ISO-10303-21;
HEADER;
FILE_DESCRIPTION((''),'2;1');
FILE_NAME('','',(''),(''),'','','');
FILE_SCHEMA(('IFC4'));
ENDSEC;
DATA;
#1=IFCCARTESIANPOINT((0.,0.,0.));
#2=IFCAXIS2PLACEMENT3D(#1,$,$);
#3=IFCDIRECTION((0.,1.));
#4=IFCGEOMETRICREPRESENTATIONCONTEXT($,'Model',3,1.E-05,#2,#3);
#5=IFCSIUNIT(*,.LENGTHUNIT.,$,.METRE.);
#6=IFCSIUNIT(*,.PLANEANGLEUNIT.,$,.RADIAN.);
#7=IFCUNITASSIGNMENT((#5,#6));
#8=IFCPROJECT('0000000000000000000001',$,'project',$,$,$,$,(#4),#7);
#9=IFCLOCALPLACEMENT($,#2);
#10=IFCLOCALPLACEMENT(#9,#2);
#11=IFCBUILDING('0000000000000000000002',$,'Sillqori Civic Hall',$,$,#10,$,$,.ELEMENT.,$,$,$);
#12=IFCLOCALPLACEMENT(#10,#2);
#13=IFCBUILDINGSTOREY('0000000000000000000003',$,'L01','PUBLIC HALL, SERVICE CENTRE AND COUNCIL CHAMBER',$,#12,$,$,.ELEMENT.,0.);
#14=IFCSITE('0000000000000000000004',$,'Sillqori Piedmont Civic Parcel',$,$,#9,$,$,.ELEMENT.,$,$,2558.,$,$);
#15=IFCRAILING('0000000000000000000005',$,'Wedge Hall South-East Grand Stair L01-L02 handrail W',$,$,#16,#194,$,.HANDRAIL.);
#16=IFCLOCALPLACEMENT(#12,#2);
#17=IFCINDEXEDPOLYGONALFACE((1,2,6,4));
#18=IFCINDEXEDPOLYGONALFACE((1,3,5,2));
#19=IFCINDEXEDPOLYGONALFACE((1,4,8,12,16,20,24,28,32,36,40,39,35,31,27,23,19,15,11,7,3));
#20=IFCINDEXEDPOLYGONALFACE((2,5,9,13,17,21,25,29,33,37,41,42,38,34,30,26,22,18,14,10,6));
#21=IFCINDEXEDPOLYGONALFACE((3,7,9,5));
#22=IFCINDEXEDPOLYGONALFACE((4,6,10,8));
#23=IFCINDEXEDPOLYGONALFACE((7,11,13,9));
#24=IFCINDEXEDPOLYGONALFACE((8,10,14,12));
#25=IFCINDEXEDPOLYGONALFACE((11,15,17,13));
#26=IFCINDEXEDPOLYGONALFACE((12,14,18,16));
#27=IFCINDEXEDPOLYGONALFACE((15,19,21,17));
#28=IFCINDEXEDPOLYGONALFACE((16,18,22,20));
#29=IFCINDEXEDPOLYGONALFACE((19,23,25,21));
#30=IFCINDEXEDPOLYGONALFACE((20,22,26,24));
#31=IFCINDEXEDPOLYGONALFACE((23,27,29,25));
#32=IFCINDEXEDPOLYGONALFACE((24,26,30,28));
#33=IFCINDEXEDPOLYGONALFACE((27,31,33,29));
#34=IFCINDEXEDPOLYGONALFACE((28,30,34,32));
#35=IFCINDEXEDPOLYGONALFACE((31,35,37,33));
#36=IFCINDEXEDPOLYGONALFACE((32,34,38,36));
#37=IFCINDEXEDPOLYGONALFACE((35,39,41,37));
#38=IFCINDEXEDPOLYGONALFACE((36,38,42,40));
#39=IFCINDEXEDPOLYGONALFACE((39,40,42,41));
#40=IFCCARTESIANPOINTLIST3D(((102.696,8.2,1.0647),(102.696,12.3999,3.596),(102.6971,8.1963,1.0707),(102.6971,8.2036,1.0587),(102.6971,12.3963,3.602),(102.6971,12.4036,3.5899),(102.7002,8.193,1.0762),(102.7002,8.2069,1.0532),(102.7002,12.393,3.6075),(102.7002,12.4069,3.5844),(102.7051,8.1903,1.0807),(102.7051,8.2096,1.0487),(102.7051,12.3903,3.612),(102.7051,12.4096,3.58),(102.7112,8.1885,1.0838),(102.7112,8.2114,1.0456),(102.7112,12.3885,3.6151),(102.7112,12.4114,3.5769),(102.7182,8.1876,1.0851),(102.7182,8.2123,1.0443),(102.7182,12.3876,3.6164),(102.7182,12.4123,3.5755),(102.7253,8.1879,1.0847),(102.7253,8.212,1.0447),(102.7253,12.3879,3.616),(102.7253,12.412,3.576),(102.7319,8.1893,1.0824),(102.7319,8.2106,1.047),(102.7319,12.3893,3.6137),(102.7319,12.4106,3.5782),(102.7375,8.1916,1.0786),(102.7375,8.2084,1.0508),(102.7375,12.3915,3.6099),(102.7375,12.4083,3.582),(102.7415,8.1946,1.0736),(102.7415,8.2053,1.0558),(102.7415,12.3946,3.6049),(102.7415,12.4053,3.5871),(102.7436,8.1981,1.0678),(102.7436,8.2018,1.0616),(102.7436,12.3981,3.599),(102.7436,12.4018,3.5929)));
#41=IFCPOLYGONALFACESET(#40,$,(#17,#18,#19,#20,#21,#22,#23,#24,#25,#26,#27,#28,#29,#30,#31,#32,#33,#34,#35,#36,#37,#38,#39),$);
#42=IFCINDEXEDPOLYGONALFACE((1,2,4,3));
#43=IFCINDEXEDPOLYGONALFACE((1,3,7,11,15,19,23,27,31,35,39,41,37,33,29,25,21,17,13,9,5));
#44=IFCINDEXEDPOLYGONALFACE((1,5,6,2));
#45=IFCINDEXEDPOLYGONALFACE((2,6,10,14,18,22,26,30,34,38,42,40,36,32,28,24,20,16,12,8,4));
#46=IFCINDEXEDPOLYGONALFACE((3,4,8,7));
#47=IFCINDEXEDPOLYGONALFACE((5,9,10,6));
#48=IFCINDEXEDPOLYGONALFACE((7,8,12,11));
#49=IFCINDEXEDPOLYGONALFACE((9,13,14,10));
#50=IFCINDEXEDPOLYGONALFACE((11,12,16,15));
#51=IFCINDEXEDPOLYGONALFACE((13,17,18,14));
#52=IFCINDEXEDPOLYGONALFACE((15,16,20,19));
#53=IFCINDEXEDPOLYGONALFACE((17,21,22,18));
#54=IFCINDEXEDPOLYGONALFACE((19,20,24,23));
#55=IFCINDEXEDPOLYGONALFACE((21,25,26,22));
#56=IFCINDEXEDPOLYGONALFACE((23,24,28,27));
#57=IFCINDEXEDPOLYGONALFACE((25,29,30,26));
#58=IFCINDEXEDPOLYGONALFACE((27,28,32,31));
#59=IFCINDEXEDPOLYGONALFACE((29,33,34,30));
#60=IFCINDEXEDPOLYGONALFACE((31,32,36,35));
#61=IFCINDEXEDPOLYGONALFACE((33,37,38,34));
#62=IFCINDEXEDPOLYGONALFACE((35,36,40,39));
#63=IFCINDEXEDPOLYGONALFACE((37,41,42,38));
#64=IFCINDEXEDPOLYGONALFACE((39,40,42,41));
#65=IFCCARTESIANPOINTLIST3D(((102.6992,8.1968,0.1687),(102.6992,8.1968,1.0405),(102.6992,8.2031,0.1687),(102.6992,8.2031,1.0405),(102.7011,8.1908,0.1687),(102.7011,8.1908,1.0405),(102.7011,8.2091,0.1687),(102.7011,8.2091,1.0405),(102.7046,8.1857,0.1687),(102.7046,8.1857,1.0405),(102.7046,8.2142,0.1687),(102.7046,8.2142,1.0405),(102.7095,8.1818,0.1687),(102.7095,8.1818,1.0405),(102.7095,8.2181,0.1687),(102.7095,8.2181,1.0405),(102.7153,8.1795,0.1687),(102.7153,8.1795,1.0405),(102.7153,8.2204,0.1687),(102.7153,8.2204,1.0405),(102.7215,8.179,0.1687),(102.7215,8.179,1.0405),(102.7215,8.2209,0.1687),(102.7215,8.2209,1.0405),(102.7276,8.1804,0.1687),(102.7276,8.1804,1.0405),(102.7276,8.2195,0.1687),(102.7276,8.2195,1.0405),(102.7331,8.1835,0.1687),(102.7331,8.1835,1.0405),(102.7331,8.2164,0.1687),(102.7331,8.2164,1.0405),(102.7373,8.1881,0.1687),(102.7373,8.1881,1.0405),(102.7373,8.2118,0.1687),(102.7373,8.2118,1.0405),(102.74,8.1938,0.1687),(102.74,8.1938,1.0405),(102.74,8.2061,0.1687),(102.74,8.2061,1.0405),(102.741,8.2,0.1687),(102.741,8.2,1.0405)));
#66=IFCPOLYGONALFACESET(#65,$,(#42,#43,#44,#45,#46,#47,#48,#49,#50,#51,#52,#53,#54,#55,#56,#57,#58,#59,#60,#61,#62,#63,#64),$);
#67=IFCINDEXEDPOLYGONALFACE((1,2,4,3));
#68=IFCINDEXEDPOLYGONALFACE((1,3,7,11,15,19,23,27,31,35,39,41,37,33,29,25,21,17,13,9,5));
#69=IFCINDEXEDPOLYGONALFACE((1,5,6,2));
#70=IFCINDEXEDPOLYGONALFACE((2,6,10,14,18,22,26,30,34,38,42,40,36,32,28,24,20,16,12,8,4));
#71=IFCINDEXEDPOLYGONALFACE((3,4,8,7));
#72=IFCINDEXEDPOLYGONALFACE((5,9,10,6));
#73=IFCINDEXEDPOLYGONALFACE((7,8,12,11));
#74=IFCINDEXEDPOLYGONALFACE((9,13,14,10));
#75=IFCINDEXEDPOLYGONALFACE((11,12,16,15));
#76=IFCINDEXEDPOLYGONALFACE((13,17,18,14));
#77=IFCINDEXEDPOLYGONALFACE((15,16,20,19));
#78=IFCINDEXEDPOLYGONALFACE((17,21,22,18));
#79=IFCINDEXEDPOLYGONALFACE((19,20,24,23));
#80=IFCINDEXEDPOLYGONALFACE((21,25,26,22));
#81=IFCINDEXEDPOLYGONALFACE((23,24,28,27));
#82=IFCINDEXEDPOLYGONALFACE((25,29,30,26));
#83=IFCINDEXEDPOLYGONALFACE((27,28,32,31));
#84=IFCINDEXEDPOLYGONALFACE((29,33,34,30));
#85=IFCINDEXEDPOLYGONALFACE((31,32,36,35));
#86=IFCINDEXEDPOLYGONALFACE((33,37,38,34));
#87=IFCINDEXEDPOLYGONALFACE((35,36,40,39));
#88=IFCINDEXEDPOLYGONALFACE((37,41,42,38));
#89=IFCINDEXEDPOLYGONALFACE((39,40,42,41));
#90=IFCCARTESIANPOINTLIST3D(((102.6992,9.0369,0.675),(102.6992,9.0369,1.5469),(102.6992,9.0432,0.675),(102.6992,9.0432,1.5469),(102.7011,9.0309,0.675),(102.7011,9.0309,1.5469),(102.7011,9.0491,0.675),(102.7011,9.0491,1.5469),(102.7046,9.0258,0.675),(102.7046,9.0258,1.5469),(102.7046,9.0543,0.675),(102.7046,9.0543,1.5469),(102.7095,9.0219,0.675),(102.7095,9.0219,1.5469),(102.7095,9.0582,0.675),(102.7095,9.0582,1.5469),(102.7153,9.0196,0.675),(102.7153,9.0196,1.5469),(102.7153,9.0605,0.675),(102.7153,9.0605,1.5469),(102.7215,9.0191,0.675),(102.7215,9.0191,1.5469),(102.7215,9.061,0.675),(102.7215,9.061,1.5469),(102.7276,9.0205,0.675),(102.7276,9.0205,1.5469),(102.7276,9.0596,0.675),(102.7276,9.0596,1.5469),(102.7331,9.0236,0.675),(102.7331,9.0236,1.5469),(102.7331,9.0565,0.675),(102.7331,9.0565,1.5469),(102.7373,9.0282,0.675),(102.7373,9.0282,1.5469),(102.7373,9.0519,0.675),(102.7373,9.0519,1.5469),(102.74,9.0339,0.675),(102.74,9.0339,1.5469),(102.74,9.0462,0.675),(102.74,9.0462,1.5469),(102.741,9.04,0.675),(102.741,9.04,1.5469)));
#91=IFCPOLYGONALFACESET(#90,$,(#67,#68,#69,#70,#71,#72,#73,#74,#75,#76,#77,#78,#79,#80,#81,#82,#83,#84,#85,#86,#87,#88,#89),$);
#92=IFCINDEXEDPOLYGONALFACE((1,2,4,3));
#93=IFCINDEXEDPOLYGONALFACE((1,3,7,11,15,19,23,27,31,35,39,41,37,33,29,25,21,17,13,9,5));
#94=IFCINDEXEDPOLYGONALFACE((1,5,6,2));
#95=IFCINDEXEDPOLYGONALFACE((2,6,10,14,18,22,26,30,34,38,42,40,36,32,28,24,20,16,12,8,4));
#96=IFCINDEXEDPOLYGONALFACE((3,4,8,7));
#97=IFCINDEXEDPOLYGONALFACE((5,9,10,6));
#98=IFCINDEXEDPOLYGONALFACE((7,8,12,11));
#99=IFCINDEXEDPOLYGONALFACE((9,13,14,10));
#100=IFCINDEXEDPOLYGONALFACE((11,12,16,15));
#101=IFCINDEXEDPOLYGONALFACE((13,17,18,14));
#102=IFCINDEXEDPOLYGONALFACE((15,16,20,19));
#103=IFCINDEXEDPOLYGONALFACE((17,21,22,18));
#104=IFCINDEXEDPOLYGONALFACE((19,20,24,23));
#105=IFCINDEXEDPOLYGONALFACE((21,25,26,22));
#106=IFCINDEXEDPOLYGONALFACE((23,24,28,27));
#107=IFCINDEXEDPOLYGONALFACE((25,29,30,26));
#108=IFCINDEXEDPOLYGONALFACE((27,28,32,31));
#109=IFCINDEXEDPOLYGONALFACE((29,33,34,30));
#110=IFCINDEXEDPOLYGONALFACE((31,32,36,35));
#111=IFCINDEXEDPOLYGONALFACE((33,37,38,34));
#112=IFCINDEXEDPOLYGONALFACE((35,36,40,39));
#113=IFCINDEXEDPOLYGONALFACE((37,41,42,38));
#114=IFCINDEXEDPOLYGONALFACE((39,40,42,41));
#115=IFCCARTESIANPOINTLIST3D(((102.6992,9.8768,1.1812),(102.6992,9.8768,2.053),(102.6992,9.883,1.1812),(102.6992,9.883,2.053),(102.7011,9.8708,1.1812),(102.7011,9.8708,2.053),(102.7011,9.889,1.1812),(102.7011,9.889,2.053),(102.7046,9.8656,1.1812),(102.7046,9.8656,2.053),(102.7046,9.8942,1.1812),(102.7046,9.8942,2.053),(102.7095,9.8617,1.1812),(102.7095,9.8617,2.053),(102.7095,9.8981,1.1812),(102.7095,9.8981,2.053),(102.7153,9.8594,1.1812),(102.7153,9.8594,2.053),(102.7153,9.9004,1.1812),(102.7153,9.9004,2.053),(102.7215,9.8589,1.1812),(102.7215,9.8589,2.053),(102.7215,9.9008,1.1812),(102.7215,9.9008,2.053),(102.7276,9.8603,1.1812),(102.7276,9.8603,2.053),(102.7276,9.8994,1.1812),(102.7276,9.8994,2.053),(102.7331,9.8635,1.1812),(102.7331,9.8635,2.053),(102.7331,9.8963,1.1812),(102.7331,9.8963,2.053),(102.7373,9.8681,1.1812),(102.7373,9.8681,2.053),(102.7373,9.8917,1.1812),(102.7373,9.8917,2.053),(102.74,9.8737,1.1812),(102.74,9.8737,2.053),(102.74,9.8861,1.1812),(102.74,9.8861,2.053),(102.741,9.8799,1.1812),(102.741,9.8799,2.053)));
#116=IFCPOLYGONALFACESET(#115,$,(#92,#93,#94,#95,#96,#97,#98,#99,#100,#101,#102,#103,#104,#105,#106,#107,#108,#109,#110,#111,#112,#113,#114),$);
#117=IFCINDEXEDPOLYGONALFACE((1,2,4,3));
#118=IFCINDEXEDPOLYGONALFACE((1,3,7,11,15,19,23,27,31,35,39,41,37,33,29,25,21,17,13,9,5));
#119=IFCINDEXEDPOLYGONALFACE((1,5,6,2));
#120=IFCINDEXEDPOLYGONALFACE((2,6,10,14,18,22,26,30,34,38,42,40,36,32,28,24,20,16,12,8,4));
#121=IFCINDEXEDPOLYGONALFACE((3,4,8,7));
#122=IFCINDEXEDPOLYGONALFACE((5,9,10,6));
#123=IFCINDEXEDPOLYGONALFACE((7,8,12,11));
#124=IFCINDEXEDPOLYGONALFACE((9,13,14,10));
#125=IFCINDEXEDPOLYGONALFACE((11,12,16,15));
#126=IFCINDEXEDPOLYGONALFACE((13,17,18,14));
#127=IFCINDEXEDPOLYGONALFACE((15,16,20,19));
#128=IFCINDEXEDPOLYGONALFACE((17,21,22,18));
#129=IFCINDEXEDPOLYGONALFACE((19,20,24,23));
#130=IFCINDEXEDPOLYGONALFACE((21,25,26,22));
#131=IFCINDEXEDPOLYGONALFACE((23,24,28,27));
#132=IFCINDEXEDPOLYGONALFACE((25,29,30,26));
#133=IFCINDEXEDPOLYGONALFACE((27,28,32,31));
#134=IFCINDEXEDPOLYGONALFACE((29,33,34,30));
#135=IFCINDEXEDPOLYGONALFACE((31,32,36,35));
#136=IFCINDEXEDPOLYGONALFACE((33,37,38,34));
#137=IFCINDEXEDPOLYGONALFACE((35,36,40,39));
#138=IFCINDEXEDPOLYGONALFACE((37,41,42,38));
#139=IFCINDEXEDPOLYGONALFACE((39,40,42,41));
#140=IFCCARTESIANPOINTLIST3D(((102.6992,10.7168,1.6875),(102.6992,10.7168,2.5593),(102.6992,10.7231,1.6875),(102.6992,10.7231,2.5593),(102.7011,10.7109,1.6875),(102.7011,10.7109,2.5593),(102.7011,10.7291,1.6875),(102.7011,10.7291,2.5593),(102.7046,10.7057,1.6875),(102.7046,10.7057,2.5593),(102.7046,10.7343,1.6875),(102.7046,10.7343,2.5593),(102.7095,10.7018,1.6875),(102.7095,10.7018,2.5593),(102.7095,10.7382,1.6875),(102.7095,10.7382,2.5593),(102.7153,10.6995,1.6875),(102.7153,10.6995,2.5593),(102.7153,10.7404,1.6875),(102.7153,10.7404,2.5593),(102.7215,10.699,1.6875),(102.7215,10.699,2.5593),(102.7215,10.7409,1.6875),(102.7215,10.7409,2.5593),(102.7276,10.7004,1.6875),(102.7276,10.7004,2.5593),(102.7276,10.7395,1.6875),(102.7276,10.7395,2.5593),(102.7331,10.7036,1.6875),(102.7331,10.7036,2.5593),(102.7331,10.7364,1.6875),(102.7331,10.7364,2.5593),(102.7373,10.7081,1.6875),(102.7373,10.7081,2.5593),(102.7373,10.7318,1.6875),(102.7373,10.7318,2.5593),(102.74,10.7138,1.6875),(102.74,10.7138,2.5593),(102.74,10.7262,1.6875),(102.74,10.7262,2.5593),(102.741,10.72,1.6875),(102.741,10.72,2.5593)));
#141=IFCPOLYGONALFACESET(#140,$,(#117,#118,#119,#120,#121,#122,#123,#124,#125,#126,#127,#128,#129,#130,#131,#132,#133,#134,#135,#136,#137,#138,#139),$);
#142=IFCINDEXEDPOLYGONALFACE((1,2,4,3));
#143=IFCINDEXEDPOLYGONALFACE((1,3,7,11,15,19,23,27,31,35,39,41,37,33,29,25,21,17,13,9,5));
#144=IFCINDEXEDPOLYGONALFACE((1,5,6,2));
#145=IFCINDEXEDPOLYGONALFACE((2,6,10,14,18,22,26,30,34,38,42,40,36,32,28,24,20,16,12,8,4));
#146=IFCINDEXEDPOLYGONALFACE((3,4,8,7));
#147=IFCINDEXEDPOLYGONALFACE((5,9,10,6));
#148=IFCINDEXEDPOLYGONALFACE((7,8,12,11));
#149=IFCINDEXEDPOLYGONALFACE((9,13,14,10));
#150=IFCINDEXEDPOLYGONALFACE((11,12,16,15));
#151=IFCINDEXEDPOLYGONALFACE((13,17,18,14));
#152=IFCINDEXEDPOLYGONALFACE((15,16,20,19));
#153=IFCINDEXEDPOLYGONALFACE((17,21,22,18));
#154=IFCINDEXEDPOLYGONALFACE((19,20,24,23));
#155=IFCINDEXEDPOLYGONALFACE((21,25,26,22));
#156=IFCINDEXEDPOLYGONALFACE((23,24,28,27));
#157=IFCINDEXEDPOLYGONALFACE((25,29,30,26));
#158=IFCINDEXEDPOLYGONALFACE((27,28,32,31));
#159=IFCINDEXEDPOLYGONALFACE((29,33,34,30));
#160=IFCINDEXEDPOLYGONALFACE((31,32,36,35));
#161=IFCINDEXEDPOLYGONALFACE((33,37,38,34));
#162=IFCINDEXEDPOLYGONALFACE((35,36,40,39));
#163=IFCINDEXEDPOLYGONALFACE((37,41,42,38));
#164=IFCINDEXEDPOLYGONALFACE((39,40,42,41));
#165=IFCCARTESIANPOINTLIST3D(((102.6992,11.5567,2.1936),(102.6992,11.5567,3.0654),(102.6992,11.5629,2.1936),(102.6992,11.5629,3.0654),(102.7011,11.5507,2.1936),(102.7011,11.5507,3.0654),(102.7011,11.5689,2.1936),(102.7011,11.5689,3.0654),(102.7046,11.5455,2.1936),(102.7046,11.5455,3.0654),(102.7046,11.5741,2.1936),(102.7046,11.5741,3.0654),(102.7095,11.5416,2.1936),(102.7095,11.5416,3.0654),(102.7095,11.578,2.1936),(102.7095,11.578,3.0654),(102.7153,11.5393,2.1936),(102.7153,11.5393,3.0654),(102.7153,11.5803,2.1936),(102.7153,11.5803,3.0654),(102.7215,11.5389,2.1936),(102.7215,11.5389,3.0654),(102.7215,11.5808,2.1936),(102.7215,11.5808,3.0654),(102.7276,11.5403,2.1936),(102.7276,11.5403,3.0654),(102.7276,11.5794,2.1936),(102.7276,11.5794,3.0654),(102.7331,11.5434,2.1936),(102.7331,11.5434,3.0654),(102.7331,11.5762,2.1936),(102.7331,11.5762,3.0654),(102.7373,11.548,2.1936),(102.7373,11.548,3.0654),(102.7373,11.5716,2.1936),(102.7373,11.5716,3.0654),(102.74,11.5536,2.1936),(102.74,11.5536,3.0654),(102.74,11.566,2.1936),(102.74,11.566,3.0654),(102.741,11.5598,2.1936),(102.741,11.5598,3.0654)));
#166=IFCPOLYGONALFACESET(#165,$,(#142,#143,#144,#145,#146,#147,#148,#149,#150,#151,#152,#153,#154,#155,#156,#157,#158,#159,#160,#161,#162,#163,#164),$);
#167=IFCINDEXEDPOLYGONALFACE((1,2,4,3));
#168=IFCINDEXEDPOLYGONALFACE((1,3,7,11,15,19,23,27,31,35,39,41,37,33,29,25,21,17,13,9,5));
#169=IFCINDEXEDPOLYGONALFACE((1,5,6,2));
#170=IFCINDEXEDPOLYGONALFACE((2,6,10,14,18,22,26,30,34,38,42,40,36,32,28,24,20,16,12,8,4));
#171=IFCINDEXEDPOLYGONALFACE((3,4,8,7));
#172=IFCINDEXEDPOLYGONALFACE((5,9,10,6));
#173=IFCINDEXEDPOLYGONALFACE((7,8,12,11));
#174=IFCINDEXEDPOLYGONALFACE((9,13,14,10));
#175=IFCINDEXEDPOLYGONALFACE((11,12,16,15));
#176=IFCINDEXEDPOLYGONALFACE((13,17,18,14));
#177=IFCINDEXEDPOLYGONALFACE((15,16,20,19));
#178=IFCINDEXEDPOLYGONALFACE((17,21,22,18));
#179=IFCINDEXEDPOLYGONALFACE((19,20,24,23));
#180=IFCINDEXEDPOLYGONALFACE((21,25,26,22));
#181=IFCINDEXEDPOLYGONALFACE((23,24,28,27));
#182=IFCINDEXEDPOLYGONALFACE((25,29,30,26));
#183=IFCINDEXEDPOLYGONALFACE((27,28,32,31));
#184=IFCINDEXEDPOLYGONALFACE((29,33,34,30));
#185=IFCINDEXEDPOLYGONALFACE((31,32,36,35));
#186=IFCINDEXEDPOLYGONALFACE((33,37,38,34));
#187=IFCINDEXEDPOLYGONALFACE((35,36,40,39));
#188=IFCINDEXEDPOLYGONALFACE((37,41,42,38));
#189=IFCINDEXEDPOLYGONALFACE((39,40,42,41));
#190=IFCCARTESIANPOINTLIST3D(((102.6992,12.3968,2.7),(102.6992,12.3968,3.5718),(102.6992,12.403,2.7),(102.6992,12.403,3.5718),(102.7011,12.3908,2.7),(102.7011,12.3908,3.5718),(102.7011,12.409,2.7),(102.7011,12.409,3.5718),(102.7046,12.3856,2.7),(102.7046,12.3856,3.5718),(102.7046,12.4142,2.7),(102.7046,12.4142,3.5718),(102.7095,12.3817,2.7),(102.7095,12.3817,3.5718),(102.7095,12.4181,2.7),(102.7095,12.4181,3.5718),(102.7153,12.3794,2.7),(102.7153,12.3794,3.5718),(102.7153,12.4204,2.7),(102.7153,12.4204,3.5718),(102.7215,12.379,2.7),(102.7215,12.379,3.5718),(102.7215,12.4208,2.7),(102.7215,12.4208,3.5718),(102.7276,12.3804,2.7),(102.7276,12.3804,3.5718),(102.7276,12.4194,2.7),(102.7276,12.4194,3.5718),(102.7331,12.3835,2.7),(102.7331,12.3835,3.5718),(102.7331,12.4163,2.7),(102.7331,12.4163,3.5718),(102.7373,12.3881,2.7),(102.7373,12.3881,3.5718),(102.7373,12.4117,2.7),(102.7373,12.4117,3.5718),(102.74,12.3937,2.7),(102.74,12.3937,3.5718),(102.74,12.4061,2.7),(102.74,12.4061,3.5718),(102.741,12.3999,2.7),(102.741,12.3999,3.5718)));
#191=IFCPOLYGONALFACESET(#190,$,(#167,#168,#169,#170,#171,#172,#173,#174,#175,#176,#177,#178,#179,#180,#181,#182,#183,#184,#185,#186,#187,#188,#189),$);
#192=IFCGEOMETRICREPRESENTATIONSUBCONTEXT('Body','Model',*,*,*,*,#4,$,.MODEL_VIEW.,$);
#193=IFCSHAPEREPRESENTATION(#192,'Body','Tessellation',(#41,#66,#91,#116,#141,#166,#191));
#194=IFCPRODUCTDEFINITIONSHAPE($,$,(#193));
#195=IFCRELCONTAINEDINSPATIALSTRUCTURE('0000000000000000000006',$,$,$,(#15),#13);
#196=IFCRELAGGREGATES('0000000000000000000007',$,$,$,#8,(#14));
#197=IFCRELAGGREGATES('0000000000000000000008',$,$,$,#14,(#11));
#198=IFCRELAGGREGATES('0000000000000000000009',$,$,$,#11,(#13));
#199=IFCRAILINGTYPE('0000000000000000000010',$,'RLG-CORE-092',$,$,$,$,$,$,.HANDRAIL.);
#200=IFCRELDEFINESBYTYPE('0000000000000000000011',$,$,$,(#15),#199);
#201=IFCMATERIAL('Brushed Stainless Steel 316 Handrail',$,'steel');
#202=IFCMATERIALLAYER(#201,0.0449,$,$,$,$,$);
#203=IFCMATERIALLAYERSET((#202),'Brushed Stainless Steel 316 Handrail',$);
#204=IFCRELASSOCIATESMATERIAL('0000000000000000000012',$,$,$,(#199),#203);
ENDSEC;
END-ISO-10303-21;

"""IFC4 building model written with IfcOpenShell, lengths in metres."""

from ifc_helpers import new_model, si_unit, direction, frame, origin, origin_2d, place, context, subcontext, project, spatial, circle, extrude, material, layer, layer_set, type_object, element, save


model = new_model("IFC4")

# Units and contexts
model_context = context("Model", 3, precision=1e-05, world=origin(), true_north=direction((0.0, 1.0)))
body_context = subcontext(model_context, "Body", "Model", "MODEL_VIEW")
ifc_project = project(units=[si_unit("LENGTHUNIT", "METRE"), si_unit("PLANEANGLEUNIT", "RADIAN")], contexts=[model_context])

# Site, building, storey
site_placement = place(None, origin())
site = spatial("IfcSite", under=ifc_project, at=site_placement, Name="Sillqori Piedmont Civic Parcel", CompositionType="ELEMENT", RefElevation=2558.0)
building_placement = place(site_placement, origin())
building = spatial("IfcBuilding", under=site, at=building_placement, Name="Sillqori Civic Hall", CompositionType="ELEMENT")
storey_placement = place(building_placement, origin())
storey = spatial("IfcBuildingStorey", under=building, at=storey_placement, Name="L01", Description="PUBLIC HALL, SERVICE CENTRE AND COUNCIL CHAMBER", CompositionType="ELEMENT", Elevation=0.0)

# Railing
ifc_material_1 = material(Name="Brushed Stainless Steel 316 Handrail", Category="steel")
ifc_layer_1 = layer(ifc_material_1, 0.0449)
ifc_layer_set_1 = layer_set([ifc_layer_1], Name="Brushed Stainless Steel 316 Handrail")
railing_type_1 = type_object("IfcRailingType", Name="RLG-CORE-092", PredefinedType="HANDRAIL", material=ifc_layer_set_1)
railing_1_placement = place(storey_placement, frame((102.72, 8.2, 0.1687)))
element("IfcRailing", 1, at=railing_1_placement, inside=storey, type_object=railing_type_1, Name="Wedge Hall South-East Grand Stair L01-L02 handrail W", PredefinedType="HANDRAIL", context=body_context, shape_type="SweptSolid", body=[
    extrude(circle(Radius=0.0239, at=origin_2d()), frame((0.0, 0.0, 0.896), z_axis=(0.0, 0.856476, 0.516186), x_axis=(-1.0, 0.0, 0.0)), (0.0, 0.0, 1.0), 4.9038),
    extrude(circle(Radius=0.021, at=origin_2d()), origin(), (0.0, 0.0, 1.0), 0.8718),
    extrude(circle(Radius=0.021, at=origin_2d()), frame((0.0, 0.8401, 0.5063)), (0.0, 0.0, 1.0), 0.8718),
    extrude(circle(Radius=0.021, at=origin_2d()), frame((0.0, 1.6799, 1.0125)), (0.0, 0.0, 1.0), 0.8718),
    extrude(circle(Radius=0.021, at=origin_2d()), frame((0.0, 2.52, 1.5188)), (0.0, 0.0, 1.0), 0.8718),
    extrude(circle(Radius=0.021, at=origin_2d()), frame((0.0, 3.3599, 2.0249)), (0.0, 0.0, 1.0), 0.8718),
    extrude(circle(Radius=0.021, at=origin_2d()), frame((0.0, 4.2, 2.5312)), (0.0, 0.0, 1.0), 0.8718),
])

save(model, "model.ifc")
